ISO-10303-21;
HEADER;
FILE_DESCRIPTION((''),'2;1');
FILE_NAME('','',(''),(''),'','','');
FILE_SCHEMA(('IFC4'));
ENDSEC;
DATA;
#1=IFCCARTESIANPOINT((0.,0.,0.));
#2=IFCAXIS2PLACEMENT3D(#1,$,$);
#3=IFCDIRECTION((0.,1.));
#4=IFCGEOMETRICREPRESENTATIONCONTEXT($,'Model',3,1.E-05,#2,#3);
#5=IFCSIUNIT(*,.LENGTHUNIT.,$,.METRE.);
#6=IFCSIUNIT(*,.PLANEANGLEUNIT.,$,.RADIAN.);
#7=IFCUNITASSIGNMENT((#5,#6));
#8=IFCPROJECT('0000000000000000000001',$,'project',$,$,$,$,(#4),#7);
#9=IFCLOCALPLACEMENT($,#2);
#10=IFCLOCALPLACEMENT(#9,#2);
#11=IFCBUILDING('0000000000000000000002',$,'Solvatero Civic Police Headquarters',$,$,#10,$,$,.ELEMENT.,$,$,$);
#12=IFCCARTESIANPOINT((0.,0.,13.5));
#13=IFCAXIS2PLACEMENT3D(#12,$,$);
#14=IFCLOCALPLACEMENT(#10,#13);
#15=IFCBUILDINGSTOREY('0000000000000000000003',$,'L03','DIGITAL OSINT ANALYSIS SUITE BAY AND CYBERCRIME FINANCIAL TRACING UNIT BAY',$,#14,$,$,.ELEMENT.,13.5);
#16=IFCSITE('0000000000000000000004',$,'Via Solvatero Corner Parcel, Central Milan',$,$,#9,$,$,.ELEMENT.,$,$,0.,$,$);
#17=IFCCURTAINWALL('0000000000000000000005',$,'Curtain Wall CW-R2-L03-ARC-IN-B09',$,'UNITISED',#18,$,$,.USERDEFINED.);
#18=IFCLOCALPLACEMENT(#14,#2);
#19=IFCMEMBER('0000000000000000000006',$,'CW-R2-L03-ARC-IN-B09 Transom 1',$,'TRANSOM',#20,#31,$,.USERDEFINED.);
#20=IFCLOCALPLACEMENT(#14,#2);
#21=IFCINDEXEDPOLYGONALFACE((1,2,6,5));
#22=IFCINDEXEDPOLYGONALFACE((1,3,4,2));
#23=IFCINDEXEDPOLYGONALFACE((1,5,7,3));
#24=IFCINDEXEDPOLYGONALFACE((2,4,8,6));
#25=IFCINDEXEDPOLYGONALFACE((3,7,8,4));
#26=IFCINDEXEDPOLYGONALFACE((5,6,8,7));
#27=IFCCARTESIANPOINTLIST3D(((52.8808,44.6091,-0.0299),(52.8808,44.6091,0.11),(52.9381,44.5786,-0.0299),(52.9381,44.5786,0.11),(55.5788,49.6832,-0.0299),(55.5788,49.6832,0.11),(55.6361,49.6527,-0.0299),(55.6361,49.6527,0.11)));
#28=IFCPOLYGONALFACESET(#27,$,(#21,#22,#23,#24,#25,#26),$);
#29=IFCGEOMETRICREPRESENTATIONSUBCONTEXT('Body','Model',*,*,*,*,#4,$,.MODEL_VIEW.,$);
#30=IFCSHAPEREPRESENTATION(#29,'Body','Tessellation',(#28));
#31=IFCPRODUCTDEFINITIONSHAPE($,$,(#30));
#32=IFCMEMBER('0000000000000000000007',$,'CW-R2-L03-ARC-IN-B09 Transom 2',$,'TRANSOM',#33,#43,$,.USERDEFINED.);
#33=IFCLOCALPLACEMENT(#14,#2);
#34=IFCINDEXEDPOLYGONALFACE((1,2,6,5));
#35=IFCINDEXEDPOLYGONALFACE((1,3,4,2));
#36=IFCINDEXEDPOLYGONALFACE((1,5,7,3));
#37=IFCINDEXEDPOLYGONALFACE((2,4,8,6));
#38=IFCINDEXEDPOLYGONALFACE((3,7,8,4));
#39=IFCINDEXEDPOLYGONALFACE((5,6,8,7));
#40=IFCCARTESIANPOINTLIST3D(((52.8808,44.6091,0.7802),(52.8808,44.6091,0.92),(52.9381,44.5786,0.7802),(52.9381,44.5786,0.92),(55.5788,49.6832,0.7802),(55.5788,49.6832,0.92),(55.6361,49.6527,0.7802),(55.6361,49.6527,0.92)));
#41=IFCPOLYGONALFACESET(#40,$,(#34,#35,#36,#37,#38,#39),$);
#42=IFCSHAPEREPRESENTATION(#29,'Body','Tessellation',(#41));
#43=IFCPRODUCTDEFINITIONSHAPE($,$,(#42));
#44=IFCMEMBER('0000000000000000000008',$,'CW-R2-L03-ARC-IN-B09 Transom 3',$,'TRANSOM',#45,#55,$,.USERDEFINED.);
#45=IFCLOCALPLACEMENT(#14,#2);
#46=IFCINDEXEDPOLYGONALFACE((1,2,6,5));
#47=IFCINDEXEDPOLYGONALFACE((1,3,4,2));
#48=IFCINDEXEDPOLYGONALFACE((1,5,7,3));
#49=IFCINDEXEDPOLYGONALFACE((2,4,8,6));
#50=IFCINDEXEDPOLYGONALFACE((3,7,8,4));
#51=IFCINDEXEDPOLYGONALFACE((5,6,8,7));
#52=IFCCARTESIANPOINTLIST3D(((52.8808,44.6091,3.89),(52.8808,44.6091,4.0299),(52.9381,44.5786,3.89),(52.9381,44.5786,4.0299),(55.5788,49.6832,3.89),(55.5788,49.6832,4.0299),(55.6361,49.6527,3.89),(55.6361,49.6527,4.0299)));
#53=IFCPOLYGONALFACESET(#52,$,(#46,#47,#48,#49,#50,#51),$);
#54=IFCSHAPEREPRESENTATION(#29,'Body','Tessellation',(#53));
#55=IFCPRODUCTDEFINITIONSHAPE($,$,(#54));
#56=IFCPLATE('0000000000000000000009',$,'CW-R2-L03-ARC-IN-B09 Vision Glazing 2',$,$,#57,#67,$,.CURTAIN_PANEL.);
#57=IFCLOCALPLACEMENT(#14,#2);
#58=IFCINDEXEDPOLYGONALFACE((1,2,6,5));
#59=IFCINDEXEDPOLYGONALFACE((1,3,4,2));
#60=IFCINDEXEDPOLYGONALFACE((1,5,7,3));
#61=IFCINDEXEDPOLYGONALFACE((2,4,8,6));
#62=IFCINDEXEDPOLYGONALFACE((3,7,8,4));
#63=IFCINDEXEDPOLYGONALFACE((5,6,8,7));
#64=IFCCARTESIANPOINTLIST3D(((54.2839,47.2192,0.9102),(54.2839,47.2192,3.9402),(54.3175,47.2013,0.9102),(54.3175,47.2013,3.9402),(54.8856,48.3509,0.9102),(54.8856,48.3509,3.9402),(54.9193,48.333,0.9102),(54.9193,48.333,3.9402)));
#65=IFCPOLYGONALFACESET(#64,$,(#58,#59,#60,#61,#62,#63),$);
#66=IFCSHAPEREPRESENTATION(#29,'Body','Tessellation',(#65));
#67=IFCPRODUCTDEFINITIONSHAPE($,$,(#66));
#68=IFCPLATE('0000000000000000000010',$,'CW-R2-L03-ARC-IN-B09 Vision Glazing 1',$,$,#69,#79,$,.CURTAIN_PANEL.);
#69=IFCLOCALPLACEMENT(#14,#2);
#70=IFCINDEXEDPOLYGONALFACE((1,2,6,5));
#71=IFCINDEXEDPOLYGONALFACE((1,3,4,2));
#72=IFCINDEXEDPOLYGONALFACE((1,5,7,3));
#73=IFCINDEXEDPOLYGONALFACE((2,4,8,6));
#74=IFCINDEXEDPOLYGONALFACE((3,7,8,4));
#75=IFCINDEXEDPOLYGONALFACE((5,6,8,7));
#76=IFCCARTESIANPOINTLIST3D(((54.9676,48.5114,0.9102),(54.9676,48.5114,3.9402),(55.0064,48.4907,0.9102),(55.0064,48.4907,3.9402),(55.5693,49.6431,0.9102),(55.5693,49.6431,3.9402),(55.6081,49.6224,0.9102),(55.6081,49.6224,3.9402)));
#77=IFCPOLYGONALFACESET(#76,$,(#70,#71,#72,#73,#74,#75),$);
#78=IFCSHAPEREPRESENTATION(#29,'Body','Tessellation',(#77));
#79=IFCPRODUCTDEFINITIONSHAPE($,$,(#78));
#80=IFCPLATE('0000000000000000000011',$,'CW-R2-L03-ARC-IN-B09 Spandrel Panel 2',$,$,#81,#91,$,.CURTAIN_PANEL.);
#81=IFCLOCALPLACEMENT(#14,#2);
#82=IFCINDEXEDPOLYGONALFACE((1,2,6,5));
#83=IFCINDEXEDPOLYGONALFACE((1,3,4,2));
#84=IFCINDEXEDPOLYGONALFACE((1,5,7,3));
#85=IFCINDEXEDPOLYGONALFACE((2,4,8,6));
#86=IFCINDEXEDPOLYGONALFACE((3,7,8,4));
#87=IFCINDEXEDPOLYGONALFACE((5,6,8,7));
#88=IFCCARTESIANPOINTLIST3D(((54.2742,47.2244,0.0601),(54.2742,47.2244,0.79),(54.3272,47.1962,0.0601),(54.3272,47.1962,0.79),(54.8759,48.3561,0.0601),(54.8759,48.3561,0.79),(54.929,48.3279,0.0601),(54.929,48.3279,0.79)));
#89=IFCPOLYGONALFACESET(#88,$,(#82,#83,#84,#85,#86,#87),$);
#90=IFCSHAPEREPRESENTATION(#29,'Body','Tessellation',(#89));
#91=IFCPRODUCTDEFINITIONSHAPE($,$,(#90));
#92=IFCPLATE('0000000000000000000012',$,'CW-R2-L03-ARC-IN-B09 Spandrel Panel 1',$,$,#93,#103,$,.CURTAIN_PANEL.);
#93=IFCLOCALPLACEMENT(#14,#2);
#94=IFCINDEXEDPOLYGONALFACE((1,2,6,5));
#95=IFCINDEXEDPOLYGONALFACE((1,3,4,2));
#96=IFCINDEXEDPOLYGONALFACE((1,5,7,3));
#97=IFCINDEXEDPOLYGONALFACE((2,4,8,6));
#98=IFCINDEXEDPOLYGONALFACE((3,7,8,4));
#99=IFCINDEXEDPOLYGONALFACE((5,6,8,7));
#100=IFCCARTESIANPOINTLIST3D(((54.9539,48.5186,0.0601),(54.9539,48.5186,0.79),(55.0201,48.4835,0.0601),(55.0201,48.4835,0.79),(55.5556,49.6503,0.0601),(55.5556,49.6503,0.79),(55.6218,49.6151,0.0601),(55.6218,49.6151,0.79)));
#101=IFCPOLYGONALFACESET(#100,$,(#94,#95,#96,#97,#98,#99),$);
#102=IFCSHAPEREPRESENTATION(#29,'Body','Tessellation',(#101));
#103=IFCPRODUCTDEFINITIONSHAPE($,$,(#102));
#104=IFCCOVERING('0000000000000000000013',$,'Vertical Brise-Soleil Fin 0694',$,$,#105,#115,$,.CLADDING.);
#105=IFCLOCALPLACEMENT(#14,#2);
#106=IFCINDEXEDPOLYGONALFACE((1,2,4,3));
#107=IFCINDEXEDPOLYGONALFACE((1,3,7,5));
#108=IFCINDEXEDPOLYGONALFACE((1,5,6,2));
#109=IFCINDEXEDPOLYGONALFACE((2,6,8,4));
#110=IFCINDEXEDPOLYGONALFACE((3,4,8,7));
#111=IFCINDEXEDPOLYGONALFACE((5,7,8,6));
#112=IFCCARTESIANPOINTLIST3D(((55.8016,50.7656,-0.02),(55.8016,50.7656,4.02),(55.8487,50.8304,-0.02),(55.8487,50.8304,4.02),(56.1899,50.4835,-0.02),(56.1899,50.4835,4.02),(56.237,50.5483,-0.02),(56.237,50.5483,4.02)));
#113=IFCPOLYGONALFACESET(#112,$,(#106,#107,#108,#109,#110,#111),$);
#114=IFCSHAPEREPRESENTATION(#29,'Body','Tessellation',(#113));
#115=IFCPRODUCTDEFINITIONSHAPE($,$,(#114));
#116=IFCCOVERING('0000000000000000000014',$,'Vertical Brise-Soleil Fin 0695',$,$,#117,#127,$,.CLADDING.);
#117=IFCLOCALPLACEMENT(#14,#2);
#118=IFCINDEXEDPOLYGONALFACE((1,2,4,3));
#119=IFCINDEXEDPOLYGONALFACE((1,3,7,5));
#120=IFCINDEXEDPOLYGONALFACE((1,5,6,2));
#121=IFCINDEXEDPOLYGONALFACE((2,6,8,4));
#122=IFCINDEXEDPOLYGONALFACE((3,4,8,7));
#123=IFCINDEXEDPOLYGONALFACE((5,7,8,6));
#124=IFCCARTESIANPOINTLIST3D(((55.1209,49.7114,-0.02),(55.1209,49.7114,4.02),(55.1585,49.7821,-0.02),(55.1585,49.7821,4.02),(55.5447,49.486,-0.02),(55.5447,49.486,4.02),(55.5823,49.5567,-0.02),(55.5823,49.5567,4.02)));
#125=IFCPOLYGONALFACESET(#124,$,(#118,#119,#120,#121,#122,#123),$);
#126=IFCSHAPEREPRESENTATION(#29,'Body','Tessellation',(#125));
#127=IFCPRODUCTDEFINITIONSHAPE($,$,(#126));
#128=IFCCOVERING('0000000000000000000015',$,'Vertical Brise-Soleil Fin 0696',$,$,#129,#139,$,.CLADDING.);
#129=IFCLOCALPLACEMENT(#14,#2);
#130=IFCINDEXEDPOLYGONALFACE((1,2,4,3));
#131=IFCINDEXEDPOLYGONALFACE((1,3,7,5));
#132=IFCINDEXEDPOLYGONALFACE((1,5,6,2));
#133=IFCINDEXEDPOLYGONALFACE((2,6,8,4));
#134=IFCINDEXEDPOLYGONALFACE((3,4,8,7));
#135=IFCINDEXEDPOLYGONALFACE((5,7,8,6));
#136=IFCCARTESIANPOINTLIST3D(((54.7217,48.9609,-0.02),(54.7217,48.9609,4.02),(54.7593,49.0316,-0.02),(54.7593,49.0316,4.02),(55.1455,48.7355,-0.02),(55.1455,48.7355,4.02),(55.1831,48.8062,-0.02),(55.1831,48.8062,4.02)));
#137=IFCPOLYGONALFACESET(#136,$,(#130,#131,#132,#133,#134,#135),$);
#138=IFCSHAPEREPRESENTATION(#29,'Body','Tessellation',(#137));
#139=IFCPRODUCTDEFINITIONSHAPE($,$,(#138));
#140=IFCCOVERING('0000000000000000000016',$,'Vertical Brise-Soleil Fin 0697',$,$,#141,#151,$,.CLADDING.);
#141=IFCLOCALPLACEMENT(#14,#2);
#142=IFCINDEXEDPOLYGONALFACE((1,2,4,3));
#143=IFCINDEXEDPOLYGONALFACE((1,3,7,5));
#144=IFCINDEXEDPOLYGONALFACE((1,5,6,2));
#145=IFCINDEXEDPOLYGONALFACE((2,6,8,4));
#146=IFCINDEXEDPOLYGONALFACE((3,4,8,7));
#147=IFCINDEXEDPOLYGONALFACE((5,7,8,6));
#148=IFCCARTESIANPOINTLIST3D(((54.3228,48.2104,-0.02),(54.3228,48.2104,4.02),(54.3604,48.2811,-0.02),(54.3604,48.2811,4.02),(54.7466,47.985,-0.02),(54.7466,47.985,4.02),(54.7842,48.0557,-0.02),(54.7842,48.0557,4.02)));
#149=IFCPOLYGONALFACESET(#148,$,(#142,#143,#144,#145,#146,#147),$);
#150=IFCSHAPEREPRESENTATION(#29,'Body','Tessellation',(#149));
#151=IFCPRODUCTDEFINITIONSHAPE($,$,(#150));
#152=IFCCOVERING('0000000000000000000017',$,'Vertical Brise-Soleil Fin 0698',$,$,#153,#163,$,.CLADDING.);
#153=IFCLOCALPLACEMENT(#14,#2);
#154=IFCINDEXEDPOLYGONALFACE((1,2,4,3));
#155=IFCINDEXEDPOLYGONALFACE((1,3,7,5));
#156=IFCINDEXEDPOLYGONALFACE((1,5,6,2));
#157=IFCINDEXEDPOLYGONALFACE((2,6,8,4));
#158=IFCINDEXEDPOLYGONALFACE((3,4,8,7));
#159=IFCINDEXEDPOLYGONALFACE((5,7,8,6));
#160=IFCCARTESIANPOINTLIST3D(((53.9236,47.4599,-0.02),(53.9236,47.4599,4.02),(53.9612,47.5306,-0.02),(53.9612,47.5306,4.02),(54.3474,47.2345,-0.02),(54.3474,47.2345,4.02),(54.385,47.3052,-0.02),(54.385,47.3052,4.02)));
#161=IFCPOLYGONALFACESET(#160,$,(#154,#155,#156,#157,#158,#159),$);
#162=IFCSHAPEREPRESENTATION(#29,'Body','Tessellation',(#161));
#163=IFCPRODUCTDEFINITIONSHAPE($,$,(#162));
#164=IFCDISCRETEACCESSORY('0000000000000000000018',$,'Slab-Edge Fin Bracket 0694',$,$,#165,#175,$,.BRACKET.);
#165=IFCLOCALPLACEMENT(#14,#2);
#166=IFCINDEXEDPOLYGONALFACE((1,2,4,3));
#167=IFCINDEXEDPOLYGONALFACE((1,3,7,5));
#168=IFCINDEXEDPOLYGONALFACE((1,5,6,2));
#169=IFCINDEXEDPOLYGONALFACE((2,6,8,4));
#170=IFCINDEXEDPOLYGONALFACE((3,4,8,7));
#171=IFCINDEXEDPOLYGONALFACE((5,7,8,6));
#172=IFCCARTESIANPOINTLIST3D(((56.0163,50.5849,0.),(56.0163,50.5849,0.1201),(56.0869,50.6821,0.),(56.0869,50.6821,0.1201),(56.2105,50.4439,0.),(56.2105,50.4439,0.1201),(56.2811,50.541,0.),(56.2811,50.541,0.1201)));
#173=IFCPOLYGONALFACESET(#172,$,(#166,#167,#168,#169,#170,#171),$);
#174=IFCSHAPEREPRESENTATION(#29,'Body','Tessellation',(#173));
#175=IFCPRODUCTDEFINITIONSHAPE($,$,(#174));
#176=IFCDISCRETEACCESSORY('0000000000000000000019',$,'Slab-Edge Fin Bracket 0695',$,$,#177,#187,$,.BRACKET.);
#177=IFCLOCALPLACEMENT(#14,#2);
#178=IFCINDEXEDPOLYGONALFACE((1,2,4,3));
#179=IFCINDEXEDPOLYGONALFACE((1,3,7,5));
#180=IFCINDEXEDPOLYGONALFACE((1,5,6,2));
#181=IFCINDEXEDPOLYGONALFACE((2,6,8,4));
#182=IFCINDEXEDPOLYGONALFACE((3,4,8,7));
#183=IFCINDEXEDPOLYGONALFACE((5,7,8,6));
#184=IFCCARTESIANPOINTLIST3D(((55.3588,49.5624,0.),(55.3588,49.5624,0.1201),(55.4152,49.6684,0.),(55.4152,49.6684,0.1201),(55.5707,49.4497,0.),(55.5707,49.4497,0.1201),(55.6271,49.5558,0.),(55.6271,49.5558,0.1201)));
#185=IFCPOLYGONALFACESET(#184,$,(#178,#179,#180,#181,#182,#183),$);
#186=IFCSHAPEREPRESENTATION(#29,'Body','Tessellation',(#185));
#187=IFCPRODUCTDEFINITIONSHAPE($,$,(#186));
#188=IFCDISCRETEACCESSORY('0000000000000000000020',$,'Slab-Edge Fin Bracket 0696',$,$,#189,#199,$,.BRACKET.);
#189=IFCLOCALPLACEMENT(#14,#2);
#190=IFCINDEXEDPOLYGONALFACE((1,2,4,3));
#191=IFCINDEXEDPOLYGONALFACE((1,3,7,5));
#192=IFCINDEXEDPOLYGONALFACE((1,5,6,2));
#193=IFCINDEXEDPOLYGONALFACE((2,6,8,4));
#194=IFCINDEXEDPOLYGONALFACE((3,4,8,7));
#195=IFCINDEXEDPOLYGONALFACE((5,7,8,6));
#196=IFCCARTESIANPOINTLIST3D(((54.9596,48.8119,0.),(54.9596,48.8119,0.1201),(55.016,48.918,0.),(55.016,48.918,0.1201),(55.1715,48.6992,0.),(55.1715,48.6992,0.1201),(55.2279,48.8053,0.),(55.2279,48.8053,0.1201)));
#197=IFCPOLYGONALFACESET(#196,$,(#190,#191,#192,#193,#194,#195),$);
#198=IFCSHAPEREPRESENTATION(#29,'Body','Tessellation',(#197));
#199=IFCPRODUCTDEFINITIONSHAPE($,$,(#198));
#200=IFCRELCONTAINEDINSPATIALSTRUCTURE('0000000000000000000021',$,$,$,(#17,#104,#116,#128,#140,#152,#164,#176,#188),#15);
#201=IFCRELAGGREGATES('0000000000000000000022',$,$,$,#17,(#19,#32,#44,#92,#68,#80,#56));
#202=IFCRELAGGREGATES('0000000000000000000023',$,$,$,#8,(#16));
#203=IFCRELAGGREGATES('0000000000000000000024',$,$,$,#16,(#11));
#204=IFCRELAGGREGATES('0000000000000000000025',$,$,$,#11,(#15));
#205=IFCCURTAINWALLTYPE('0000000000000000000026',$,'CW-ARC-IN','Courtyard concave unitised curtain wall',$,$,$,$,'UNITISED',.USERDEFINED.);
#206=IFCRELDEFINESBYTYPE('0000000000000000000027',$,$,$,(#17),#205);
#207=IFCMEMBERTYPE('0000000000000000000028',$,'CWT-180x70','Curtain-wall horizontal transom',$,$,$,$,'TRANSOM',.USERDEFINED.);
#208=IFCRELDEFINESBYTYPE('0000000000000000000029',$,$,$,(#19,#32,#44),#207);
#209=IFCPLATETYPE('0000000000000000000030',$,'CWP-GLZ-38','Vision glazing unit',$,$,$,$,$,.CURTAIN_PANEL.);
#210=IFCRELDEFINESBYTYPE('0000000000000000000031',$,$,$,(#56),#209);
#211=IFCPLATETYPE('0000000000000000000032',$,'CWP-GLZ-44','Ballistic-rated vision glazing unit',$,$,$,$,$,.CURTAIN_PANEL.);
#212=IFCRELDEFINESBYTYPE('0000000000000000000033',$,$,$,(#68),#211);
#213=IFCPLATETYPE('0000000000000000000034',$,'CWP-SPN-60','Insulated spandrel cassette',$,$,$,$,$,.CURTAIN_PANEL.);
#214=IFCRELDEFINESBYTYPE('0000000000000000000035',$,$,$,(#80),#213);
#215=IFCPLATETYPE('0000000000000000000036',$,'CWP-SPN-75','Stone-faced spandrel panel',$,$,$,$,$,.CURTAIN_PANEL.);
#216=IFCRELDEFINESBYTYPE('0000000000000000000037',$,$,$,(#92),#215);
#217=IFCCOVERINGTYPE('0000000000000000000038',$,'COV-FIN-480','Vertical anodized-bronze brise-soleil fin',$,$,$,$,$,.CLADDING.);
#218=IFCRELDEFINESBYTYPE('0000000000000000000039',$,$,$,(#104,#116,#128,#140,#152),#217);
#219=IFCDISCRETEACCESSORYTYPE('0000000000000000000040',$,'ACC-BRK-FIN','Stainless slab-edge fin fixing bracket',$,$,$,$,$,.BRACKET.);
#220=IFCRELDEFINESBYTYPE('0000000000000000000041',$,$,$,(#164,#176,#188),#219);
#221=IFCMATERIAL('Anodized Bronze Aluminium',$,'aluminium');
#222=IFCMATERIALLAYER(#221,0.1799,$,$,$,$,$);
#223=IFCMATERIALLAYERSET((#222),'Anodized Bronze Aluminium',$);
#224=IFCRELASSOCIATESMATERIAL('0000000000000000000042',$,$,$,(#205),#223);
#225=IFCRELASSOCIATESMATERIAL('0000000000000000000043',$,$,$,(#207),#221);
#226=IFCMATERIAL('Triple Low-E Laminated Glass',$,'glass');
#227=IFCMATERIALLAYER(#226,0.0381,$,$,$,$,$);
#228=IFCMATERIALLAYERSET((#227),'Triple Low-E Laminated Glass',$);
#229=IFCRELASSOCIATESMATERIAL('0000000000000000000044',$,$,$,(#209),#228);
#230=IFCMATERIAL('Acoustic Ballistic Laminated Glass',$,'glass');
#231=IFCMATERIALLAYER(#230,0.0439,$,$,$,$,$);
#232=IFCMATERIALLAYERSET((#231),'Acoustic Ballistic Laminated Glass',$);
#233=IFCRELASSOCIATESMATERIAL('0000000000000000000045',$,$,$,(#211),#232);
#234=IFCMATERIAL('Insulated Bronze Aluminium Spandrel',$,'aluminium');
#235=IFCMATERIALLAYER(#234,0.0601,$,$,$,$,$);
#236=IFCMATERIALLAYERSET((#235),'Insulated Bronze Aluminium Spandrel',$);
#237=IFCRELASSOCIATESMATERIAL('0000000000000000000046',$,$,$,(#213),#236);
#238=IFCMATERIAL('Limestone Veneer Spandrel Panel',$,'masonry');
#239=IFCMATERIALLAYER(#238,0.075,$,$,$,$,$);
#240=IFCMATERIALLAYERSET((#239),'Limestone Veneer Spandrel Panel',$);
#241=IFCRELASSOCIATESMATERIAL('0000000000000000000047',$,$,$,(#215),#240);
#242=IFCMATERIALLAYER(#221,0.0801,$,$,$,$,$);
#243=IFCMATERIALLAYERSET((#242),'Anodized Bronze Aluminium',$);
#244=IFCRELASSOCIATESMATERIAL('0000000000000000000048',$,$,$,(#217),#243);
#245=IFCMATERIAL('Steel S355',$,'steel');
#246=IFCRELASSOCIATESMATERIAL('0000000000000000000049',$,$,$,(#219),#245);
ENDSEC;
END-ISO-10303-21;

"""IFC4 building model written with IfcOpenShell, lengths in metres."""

from ifc_helpers import new_model, si_unit, direction, frame, origin, origin_2d, place, context, subcontext, project, spatial, rectangle, extrude, material, layer, layer_set, material_profile, profile_set, type_object, element, aggregate, save


model = new_model("IFC4")

# Units and contexts
model_context = context("Model", 3, precision=1e-05, world=origin(), true_north=direction((0.0, 1.0)))
body_context = subcontext(model_context, "Body", "Model", "MODEL_VIEW")
ifc_project = project(units=[si_unit("LENGTHUNIT", "METRE"), si_unit("PLANEANGLEUNIT", "RADIAN")], contexts=[model_context])

# Site, building, storey
site_placement = place(None, origin())
site = spatial("IfcSite", under=ifc_project, at=site_placement, Name="Via Solvatero Corner Parcel, Central Milan", CompositionType="ELEMENT", RefElevation=0.0)
building_placement = place(site_placement, origin())
building = spatial("IfcBuilding", under=site, at=building_placement, Name="Solvatero Civic Police Headquarters", CompositionType="ELEMENT")
storey_placement = place(building_placement, frame((0.0, 0.0, 13.5)))
storey = spatial("IfcBuildingStorey", under=building, at=storey_placement, Name="L03", Description="DIGITAL OSINT ANALYSIS SUITE BAY AND CYBERCRIME FINANCIAL TRACING UNIT BAY", CompositionType="ELEMENT", Elevation=13.5)

# Shared definitions
ifc_material_1 = material(Name="Steel S355", Category="steel")

# Shared definitions
ifc_material_2 = material(Name="Anodized Bronze Aluminium", Category="aluminium")
ifc_layer_1 = layer(ifc_material_2, 0.1799)
ifc_layer_set_1 = layer_set([ifc_layer_1], Name="Anodized Bronze Aluminium")
curtain_wall_type = type_object("IfcCurtainWallType", Name="CW-ARC-IN", Description="Courtyard concave unitised curtain wall", ElementType="UNITISED", PredefinedType="USERDEFINED", material=ifc_layer_set_1)

# Curtain wall, members, plates
curtain_wall_1_placement = place(storey_placement, origin())
curtain_wall_1 = element("IfcCurtainWall", 1, at=curtain_wall_1_placement, inside=storey, type_object=curtain_wall_type, Name="Curtain Wall CW-R2-L03-ARC-IN-B09", ObjectType="UNITISED", PredefinedType="USERDEFINED")
ifc_material_profile_1 = material_profile(ifc_material_2, rectangle(XDim=0.0649, YDim=0.1399, at=origin_2d()), Name="ALU TRANSOM 65x140")
ifc_profile_set_1 = profile_set([ifc_material_profile_1], Name="Anodized Bronze Aluminium")
member_type_1 = type_object("IfcMemberType", Name="CWT-180x70", Description="Curtain-wall horizontal transom", ElementType="TRANSOM", PredefinedType="USERDEFINED", material=ifc_profile_set_1)
member_1_placement = place(storey_placement, frame((55.6074, 49.668, 0.04), z_axis=(-0.46947, -0.882948, 0.0), x_axis=(0.882948, -0.46947, 0.0)))
member_1 = element("IfcMember", 2, at=member_1_placement, type_object=member_type_1, Name="CW-R2-L03-ARC-IN-B09 Transom 1", ObjectType="TRANSOM", PredefinedType="USERDEFINED", context=body_context, shape_type="SweptSolid", body=[
    extrude(rectangle(XDim=0.0649, YDim=0.1399, at=origin_2d()), origin(), (0.0, 0.0, 1.0), 5.7468),
])
member_2_placement = place(storey_placement, frame((55.6074, 49.668, 0.8501), z_axis=(-0.46947, -0.882948, 0.0), x_axis=(0.882948, -0.46947, 0.0)))
member_2 = element("IfcMember", 3, at=member_2_placement, type_object=member_type_1, Name="CW-R2-L03-ARC-IN-B09 Transom 2", ObjectType="TRANSOM", PredefinedType="USERDEFINED", context=body_context, shape_type="SweptSolid", body=[
    extrude(rectangle(XDim=0.0649, YDim=0.1399, at=origin_2d()), origin(), (0.0, 0.0, 1.0), 5.7468),
])
member_3_placement = place(storey_placement, frame((55.6074, 49.668, 3.96), z_axis=(-0.46947, -0.882948, 0.0), x_axis=(0.882948, -0.46947, 0.0)))
member_3 = element("IfcMember", 4, at=member_3_placement, type_object=member_type_1, Name="CW-R2-L03-ARC-IN-B09 Transom 3", ObjectType="TRANSOM", PredefinedType="USERDEFINED", context=body_context, shape_type="SweptSolid", body=[
    extrude(rectangle(XDim=0.0649, YDim=0.1399, at=origin_2d()), origin(), (0.0, 0.0, 1.0), 5.7468),
])
ifc_material_3 = material(Name="Triple Low-E Laminated Glass", Category="glass")
ifc_layer_2 = layer(ifc_material_3, 0.0381)
ifc_layer_set_2 = layer_set([ifc_layer_2], Name="Triple Low-E Laminated Glass")
plate_type_1 = type_object("IfcPlateType", Name="CWP-GLZ-38", Description="Vision glazing unit", PredefinedType="CURTAIN_PANEL", material=ifc_layer_set_2)
plate_1_placement = place(storey_placement, frame((54.6016, 47.7761, 0.9102), z_axis=(0.0, 0.0, 1.0), x_axis=(-0.469487, -0.882939, 0.0)))
plate_1 = element("IfcPlate", 5, at=plate_1_placement, type_object=plate_type_1, Name="CW-R2-L03-ARC-IN-B09 Vision Glazing 2", PredefinedType="CURTAIN_PANEL", context=body_context, shape_type="SweptSolid", body=[
    extrude(rectangle(XDim=1.2817, YDim=0.0381, at=origin_2d()), origin(), (0.0, 0.0, 1.0), 3.03),
])
ifc_material_4 = material(Name="Acoustic Ballistic Laminated Glass", Category="glass")
ifc_layer_3 = layer(ifc_material_4, 0.0439)
ifc_layer_set_3 = layer_set([ifc_layer_3], Name="Acoustic Ballistic Laminated Glass")
plate_type_2 = type_object("IfcPlateType", Name="CWP-GLZ-44", Description="Ballistic-rated vision glazing unit", PredefinedType="CURTAIN_PANEL", material=ifc_layer_set_3)
plate_2_placement = place(storey_placement, frame((55.2878, 49.0669, 0.9102), z_axis=(0.0, 0.0, 1.0), x_axis=(-0.469487, -0.882939, 0.0)))
plate_2 = element("IfcPlate", 6, at=plate_2_placement, type_object=plate_type_2, Name="CW-R2-L03-ARC-IN-B09 Vision Glazing 1", PredefinedType="CURTAIN_PANEL", context=body_context, shape_type="SweptSolid", body=[
    extrude(rectangle(XDim=1.2817, YDim=0.0439, at=origin_2d()), origin(), (0.0, 0.0, 1.0), 3.03),
])
ifc_material_5 = material(Name="Insulated Bronze Aluminium Spandrel", Category="aluminium")
ifc_layer_4 = layer(ifc_material_5, 0.0601)
ifc_layer_set_4 = layer_set([ifc_layer_4], Name="Insulated Bronze Aluminium Spandrel")
plate_type_3 = type_object("IfcPlateType", Name="CWP-SPN-60", Description="Insulated spandrel cassette", PredefinedType="CURTAIN_PANEL", material=ifc_layer_set_4)
plate_3_placement = place(storey_placement, frame((54.6016, 47.7761, 0.0601), z_axis=(0.0, 0.0, 1.0), x_axis=(-0.469487, -0.882939, 0.0)))
plate_3 = element("IfcPlate", 7, at=plate_3_placement, type_object=plate_type_3, Name="CW-R2-L03-ARC-IN-B09 Spandrel Panel 2", PredefinedType="CURTAIN_PANEL", context=body_context, shape_type="SweptSolid", body=[
    extrude(rectangle(XDim=1.2817, YDim=0.0601, at=origin_2d()), origin(), (0.0, 0.0, 1.0), 0.73),
])
ifc_material_6 = material(Name="Limestone Veneer Spandrel Panel", Category="masonry")
ifc_layer_5 = layer(ifc_material_6, 0.075)
ifc_layer_set_5 = layer_set([ifc_layer_5], Name="Limestone Veneer Spandrel Panel")
plate_type_4 = type_object("IfcPlateType", Name="CWP-SPN-75", Description="Stone-faced spandrel panel", PredefinedType="CURTAIN_PANEL", material=ifc_layer_set_5)
plate_4_placement = place(storey_placement, frame((55.2878, 49.0669, 0.0601), z_axis=(0.0, 0.0, 1.0), x_axis=(-0.469487, -0.882939, 0.0)))
plate_4 = element("IfcPlate", 8, at=plate_4_placement, type_object=plate_type_4, Name="CW-R2-L03-ARC-IN-B09 Spandrel Panel 1", PredefinedType="CURTAIN_PANEL", context=body_context, shape_type="SweptSolid", body=[
    extrude(rectangle(XDim=1.2817, YDim=0.075, at=origin_2d()), origin(), (0.0, 0.0, 1.0), 0.73),
])
aggregate(curtain_wall_1, [member_1, member_2, member_3, plate_4, plate_2, plate_3, plate_1])

# Coverings
ifc_layer_6 = layer(ifc_material_2, 0.0801)
ifc_layer_set_6 = layer_set([ifc_layer_6], Name="Anodized Bronze Aluminium")
covering_type = type_object("IfcCoveringType", Name="COV-FIN-480", Description="Vertical anodized-bronze brise-soleil fin", PredefinedType="CLADDING", material=ifc_layer_set_6)
for number, where, z_axis, x_axis, name in (
    (9, (56.0193, 50.657, -0.02), (0.0, 0.0, 1.0), (-0.587771, -0.809027, 0.0), "Vertical Brise-Soleil Fin 0694"),
    (10, (55.3516, 49.634, -0.02), (0.0, 0.0, 1.0), (-0.469487, -0.882939, 0.0), "Vertical Brise-Soleil Fin 0695"),
    (11, (54.9524, 48.8835, -0.02), (0.0, 0.0, 1.0), (-0.469487, -0.882939, 0.0), "Vertical Brise-Soleil Fin 0696"),
    (12, (54.5535, 48.1331, -0.02), (0.0, 0.0, 1.0), (-0.469487, -0.882939, 0.0), "Vertical Brise-Soleil Fin 0697"),
    (13, (54.1543, 47.3826, -0.02), (0.0, 0.0, 1.0), (-0.469487, -0.882939, 0.0), "Vertical Brise-Soleil Fin 0698"),
):
    element("IfcCovering", number, at=place(storey_placement, frame(where, z_axis=z_axis, x_axis=x_axis)), inside=storey, type_object=covering_type, Name=name, PredefinedType="CLADDING", context=body_context, shape_type="SweptSolid", body=[
        extrude(rectangle(XDim=0.0801, YDim=0.48, at=origin_2d()), origin(), (0.0, 0.0, 1.0), 4.04),
    ])

# Discrete accessories
discrete_accessory_type = type_object("IfcDiscreteAccessoryType", Name="ACC-BRK-FIN", Description="Stainless slab-edge fin fixing bracket", PredefinedType="BRACKET", material=ifc_material_1)
for number, where, z_axis, x_axis, name in (
    (14, (56.1487, 50.563, 0.0), (0.0, 0.0, 1.0), (-0.587771, -0.809027, 0.0), "Slab-Edge Fin Bracket 0694"),
    (15, (55.4929, 49.5591, 0.0), (0.0, 0.0, 1.0), (-0.469487, -0.882939, 0.0), "Slab-Edge Fin Bracket 0695"),
    (16, (55.0938, 48.8086, 0.0), (0.0, 0.0, 1.0), (-0.469487, -0.882939, 0.0), "Slab-Edge Fin Bracket 0696"),
):
    element("IfcDiscreteAccessory", number, at=place(storey_placement, frame(where, z_axis=z_axis, x_axis=x_axis)), inside=storey, type_object=discrete_accessory_type, Name=name, PredefinedType="BRACKET", context=body_context, shape_type="SweptSolid", body=[
        extrude(rectangle(XDim=0.1201, YDim=0.24, at=origin_2d()), origin(), (0.0, 0.0, 1.0), 0.1201),
    ])

save(model, "model.ifc")
